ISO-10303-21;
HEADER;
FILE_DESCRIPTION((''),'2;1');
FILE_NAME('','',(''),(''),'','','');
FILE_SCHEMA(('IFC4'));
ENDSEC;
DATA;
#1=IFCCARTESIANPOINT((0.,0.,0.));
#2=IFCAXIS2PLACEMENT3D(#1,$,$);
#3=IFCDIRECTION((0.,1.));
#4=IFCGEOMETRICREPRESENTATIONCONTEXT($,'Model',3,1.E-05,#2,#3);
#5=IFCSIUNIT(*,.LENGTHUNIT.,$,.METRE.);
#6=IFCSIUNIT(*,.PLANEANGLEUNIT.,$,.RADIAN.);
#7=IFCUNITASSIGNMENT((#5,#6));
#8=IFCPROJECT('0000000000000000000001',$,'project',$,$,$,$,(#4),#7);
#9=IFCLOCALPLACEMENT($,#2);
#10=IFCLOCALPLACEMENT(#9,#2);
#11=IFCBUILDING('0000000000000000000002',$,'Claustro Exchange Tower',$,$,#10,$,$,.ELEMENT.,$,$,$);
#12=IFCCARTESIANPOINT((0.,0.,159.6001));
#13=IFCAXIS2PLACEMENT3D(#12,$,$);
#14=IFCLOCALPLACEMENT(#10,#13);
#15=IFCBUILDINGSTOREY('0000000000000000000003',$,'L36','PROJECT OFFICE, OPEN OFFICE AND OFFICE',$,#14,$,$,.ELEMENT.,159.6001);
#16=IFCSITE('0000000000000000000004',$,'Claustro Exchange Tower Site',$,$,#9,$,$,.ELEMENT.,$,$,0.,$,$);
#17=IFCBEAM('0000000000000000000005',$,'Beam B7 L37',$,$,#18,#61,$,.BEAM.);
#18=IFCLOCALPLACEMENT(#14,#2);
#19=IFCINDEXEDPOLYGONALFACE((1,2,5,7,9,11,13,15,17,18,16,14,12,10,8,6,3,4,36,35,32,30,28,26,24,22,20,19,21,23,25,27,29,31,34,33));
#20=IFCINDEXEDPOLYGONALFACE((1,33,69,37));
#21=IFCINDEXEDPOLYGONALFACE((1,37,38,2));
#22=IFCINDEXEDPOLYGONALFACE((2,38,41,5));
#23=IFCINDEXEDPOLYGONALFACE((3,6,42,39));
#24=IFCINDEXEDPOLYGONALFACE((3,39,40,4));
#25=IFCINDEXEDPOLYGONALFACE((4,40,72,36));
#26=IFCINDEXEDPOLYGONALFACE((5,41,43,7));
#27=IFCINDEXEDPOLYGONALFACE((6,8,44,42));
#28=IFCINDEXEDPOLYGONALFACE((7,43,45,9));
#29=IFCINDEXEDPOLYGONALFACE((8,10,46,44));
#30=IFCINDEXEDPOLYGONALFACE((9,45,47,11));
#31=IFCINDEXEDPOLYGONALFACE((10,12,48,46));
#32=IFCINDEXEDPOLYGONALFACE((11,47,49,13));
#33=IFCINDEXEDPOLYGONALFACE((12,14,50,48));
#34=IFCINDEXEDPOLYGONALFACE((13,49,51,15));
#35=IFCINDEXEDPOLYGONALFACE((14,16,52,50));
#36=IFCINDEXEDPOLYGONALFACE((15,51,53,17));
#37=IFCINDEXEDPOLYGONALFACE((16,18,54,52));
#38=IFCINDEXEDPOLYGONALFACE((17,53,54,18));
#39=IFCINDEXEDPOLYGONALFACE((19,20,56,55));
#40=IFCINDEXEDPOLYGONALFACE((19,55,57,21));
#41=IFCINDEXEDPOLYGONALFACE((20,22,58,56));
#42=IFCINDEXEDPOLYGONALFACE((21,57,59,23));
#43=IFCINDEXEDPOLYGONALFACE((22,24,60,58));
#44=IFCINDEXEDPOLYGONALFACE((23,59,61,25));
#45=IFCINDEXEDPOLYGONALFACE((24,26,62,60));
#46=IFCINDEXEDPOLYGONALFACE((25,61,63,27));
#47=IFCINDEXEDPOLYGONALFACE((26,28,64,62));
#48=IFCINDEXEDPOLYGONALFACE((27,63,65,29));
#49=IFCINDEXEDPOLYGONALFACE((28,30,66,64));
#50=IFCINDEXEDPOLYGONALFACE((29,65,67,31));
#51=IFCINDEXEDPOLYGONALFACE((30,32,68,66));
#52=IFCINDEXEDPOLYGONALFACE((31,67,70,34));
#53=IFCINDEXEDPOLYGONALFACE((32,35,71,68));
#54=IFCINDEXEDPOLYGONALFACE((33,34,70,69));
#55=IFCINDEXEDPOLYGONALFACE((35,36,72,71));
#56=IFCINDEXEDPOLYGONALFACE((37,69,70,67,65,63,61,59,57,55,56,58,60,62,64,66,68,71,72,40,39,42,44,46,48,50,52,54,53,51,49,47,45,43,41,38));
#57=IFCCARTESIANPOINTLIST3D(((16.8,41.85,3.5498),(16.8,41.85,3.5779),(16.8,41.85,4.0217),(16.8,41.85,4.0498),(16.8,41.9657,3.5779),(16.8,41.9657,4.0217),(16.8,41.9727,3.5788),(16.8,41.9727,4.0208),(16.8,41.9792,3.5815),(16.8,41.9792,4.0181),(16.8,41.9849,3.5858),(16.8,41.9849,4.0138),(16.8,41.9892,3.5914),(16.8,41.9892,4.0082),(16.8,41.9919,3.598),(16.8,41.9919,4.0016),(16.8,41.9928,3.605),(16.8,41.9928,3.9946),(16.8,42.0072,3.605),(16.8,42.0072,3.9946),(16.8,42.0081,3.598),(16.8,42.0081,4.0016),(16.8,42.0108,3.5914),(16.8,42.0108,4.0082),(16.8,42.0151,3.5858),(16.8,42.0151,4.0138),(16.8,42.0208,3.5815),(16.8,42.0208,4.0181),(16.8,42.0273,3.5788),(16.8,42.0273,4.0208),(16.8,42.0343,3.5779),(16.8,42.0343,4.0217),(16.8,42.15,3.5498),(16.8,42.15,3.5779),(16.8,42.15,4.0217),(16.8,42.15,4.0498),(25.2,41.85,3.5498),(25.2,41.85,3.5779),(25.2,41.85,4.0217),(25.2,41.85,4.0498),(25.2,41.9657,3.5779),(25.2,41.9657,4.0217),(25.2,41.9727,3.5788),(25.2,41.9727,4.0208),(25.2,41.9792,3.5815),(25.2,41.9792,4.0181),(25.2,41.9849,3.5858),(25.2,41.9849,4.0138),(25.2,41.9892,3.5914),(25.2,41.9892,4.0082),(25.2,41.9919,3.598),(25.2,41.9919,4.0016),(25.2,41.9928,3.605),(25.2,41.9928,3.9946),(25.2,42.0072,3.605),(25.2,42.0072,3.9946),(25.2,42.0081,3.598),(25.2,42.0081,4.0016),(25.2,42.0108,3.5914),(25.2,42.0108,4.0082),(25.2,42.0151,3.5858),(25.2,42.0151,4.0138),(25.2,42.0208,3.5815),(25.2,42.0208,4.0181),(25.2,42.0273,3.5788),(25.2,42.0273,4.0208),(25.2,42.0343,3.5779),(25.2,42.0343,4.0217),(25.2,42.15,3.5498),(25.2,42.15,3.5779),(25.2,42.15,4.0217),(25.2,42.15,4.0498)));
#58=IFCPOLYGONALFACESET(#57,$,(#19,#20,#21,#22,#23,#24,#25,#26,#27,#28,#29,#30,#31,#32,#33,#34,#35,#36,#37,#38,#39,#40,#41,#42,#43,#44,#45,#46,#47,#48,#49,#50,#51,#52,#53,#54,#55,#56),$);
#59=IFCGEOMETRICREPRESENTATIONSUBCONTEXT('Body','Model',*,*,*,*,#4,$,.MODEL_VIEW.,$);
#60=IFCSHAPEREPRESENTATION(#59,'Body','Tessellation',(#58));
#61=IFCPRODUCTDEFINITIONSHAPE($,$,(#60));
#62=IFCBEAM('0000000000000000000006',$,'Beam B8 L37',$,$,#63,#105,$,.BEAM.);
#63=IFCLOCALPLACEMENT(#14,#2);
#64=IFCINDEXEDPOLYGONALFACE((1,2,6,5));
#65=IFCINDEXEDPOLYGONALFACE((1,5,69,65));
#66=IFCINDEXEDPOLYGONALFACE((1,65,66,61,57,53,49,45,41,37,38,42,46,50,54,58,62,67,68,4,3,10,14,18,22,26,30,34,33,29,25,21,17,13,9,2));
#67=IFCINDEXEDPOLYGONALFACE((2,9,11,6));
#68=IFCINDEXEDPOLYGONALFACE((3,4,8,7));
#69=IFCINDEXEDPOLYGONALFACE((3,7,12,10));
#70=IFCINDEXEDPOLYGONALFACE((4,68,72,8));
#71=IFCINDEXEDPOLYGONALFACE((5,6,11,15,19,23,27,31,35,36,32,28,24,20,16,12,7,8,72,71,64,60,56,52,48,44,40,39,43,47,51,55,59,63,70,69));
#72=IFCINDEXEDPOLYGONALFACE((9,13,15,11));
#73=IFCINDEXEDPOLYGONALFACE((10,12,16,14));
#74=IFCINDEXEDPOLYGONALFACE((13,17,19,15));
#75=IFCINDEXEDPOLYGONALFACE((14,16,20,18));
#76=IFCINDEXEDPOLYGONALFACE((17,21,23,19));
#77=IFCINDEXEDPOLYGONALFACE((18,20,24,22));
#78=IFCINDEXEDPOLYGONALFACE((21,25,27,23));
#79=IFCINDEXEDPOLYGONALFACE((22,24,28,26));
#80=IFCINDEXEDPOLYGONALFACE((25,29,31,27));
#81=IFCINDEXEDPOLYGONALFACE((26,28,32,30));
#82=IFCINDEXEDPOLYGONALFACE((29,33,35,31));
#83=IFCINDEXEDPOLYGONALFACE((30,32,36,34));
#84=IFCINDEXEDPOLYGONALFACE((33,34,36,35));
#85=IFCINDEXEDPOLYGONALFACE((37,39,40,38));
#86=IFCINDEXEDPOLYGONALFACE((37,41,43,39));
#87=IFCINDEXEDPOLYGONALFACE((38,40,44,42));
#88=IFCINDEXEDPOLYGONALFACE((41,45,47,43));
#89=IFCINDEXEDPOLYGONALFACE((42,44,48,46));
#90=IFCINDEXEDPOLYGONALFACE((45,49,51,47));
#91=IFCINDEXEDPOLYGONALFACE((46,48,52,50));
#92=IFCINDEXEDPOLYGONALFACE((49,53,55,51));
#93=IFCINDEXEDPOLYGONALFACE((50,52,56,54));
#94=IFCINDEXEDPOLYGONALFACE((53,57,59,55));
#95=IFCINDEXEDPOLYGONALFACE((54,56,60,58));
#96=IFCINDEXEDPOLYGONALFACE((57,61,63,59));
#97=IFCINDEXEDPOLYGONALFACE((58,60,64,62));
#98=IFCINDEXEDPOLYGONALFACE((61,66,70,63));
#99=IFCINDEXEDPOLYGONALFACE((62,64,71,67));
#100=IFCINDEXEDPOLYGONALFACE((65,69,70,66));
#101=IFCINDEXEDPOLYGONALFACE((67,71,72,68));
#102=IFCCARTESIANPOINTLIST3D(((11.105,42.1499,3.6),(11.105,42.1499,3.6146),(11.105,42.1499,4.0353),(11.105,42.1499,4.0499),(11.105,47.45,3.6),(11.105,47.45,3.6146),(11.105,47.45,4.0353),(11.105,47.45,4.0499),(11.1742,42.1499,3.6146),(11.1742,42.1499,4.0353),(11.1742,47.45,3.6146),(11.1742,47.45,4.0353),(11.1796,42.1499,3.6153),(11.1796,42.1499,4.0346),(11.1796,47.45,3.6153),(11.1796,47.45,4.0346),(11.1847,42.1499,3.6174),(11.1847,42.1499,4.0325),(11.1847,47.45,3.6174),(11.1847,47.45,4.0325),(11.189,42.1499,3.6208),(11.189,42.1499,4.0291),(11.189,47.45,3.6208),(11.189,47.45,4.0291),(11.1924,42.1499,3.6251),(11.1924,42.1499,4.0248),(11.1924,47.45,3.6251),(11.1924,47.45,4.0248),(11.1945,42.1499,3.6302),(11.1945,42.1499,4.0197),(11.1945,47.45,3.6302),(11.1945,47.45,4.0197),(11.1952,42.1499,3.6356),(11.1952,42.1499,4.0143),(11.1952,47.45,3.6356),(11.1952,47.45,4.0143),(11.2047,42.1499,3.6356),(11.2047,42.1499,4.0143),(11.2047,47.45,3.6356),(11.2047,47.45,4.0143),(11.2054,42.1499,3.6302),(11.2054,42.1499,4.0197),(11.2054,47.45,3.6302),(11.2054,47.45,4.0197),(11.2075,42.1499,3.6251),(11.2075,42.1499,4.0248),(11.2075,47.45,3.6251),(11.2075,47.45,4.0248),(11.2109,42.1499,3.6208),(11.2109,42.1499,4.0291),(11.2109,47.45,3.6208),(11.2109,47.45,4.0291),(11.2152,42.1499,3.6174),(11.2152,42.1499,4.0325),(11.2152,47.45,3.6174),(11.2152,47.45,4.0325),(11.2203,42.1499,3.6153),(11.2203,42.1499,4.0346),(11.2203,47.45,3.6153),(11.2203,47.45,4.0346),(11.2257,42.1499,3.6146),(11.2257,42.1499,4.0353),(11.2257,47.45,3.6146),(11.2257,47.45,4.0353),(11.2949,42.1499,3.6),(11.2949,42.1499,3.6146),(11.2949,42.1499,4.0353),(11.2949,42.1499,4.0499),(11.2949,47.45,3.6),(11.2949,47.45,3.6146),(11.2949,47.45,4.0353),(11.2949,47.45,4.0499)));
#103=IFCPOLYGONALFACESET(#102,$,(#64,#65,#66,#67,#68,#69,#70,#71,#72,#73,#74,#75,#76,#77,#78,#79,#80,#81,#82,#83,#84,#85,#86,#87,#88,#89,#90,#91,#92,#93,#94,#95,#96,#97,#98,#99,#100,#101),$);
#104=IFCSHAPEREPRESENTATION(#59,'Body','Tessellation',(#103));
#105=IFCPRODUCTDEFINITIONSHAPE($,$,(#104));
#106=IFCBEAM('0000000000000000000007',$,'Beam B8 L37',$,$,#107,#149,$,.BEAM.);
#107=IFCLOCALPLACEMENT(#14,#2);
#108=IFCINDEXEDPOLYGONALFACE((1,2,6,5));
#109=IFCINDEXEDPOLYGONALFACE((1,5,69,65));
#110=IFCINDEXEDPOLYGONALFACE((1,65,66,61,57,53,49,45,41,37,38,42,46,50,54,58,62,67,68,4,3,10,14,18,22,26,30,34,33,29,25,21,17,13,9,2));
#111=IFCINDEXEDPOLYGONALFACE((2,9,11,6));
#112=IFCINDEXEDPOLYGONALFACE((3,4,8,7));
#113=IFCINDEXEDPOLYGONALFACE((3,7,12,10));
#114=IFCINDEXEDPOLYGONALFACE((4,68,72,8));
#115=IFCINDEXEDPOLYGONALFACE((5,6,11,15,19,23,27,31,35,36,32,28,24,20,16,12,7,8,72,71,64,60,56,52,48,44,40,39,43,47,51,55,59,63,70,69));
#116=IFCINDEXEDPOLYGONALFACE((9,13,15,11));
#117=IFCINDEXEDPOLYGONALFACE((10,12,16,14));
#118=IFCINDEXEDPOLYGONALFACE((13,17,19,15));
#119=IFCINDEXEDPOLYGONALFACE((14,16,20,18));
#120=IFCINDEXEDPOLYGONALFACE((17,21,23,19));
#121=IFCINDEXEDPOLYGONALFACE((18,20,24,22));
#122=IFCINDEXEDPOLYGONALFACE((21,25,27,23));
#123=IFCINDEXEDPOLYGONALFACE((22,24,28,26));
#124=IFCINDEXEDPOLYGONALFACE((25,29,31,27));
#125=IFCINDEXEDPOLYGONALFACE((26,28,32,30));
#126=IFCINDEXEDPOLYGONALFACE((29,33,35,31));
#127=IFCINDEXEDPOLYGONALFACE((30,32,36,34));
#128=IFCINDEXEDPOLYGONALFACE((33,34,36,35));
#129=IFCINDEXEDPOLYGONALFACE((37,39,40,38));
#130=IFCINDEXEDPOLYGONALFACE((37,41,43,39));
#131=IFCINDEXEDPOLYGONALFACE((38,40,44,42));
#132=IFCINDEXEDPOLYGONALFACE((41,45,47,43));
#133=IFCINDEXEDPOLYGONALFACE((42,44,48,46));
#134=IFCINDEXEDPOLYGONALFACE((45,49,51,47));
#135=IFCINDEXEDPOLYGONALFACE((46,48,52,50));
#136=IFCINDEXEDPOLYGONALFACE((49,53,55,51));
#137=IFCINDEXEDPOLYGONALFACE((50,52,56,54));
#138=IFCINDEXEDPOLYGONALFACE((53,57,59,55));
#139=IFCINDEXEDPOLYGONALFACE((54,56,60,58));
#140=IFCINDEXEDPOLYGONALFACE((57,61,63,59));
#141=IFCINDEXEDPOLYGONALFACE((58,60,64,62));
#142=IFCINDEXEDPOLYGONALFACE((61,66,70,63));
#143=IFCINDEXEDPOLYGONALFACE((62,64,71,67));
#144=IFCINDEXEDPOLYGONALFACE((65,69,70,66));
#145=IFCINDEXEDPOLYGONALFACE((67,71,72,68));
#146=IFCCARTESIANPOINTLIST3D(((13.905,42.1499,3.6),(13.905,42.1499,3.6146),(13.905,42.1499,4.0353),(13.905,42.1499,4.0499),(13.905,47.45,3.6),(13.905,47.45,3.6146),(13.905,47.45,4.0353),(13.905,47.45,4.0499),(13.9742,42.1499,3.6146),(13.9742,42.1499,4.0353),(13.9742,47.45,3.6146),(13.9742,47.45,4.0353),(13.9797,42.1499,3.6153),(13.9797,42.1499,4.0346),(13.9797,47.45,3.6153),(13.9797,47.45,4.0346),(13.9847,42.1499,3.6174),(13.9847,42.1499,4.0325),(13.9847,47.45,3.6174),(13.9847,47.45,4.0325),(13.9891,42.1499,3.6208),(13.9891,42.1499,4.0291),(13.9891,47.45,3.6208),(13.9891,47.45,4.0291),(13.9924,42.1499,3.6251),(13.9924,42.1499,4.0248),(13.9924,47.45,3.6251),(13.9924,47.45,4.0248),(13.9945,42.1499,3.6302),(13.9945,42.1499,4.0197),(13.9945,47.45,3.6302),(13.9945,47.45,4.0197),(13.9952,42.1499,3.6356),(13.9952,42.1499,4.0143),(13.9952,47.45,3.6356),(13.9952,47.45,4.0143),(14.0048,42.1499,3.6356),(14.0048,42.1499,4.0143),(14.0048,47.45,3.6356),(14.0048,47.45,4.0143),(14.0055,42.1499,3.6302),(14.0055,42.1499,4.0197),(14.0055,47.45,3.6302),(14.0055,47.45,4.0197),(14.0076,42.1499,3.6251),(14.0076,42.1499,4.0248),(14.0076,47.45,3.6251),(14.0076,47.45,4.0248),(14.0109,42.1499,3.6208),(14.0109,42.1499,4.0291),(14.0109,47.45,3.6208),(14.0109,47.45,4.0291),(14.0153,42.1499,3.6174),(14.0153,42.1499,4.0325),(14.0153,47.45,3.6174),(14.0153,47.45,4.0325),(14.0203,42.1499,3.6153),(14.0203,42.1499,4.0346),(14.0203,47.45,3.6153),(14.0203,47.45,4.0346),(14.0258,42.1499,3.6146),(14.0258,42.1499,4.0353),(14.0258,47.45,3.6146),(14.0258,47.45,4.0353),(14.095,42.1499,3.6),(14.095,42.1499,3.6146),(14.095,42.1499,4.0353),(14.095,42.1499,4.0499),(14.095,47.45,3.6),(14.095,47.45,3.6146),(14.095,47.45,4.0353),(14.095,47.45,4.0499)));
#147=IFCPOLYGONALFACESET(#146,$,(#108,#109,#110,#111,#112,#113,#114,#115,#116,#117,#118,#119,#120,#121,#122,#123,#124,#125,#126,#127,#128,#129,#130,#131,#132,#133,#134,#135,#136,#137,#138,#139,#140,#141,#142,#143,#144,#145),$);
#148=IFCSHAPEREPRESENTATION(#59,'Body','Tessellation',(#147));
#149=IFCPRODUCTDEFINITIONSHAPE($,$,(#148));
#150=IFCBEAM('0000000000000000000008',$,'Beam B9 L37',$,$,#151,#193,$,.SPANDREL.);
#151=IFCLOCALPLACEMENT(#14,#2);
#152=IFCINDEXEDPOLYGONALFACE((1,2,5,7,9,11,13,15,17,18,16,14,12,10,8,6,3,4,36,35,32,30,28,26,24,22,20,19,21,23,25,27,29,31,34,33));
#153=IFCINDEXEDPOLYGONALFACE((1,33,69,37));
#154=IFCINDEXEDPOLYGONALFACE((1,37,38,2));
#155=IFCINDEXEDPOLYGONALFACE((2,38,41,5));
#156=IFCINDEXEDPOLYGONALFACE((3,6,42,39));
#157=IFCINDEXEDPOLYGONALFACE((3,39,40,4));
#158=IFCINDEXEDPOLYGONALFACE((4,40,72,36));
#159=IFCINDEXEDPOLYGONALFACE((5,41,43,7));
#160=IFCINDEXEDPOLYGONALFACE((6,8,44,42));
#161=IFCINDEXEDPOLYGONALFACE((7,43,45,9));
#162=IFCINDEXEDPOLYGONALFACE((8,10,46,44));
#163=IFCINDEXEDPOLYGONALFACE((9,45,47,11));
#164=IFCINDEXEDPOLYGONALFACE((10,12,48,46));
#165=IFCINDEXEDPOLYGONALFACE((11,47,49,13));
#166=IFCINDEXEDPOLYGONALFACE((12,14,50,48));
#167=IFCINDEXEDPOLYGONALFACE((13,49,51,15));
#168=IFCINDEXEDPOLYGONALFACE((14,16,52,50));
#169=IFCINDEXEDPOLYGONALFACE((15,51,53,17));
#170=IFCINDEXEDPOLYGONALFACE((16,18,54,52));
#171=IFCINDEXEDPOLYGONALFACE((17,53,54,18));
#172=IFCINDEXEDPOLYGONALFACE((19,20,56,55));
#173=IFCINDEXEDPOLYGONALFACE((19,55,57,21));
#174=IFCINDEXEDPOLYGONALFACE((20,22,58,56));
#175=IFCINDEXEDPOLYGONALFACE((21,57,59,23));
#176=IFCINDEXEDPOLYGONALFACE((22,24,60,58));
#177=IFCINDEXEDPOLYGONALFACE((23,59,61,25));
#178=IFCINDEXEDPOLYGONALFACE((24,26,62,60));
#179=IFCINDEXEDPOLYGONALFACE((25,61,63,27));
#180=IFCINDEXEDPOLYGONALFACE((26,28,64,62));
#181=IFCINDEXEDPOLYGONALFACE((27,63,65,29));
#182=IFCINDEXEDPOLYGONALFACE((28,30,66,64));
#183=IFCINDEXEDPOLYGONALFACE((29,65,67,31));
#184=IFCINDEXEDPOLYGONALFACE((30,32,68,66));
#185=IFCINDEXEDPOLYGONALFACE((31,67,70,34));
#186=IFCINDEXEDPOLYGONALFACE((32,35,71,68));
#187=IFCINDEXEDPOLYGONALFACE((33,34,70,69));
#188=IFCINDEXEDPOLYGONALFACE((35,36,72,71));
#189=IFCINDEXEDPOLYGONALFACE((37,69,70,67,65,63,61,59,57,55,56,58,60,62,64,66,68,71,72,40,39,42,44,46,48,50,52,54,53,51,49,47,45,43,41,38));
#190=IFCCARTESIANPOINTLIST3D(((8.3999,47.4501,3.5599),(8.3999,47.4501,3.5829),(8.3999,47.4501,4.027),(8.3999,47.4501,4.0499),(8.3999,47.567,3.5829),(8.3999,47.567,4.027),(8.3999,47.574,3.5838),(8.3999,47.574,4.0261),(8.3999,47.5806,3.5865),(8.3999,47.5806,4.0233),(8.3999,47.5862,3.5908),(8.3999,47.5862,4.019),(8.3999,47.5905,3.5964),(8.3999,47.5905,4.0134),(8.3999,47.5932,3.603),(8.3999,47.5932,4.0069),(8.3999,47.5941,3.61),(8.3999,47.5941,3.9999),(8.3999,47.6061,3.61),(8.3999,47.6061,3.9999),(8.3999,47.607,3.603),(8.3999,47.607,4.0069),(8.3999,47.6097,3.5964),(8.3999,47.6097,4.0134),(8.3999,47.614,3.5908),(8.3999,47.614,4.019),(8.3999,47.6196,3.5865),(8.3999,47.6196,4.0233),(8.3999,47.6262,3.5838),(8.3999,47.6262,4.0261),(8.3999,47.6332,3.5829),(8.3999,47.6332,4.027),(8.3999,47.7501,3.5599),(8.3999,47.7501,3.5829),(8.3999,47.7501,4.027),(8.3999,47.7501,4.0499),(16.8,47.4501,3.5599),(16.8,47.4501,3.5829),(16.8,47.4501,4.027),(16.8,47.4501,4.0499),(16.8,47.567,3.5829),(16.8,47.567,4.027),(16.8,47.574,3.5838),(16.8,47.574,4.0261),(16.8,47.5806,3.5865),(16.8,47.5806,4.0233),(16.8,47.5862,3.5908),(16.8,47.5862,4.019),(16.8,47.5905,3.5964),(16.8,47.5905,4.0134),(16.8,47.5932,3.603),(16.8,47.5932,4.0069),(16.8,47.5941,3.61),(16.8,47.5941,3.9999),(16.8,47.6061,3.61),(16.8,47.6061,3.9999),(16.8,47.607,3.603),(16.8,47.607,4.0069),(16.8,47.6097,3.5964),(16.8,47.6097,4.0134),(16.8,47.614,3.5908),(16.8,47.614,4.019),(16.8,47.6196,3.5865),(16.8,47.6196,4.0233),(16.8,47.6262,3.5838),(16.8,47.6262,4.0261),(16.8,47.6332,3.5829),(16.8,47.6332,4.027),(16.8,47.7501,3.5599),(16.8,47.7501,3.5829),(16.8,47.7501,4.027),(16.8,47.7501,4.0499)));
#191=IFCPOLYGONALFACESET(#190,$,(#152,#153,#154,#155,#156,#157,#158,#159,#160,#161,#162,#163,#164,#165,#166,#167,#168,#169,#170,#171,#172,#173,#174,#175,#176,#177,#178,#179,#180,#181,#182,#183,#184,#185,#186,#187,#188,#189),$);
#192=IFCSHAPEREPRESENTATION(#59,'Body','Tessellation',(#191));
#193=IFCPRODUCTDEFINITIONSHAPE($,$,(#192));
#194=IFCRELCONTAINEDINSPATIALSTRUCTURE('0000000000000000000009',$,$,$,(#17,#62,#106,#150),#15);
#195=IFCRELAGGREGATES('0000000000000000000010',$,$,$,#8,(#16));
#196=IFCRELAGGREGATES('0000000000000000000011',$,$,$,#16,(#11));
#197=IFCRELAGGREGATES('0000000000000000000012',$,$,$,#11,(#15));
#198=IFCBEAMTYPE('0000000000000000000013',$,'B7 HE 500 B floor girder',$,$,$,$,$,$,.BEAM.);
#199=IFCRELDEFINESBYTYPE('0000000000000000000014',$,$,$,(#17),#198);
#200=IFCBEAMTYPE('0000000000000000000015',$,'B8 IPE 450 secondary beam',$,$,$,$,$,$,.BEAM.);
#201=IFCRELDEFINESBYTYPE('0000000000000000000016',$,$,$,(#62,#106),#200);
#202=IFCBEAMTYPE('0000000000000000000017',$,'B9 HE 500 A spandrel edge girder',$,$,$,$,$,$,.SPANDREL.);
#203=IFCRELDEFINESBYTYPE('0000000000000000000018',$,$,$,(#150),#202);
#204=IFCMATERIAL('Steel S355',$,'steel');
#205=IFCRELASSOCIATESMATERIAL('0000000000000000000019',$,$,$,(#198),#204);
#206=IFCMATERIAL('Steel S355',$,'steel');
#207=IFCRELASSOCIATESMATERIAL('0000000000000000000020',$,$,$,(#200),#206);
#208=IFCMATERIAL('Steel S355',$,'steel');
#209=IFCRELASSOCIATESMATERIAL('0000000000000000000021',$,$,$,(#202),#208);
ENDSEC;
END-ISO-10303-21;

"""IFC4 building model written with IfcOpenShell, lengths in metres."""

from ifc_helpers import new_model, si_unit, direction, frame, origin, origin_2d, place, context, subcontext, project, spatial, i_section, extrude, material, material_profile, profile_set, type_object, element, save


model = new_model("IFC4")

# Units and contexts
model_context = context("Model", 3, precision=1e-05, world=origin(), true_north=direction((0.0, 1.0)))
body_context = subcontext(model_context, "Body", "Model", "MODEL_VIEW")
ifc_project = project(units=[si_unit("LENGTHUNIT", "METRE"), si_unit("PLANEANGLEUNIT", "RADIAN")], contexts=[model_context])

# Site, building, storey
site_placement = place(None, origin())
site = spatial("IfcSite", under=ifc_project, at=site_placement, Name="Claustro Exchange Tower Site", CompositionType="ELEMENT", RefElevation=0.0)
building_placement = place(site_placement, origin())
building = spatial("IfcBuilding", under=site, at=building_placement, Name="Claustro Exchange Tower", CompositionType="ELEMENT")
storey_placement = place(building_placement, frame((0.0, 0.0, 159.6001)))
storey = spatial("IfcBuildingStorey", under=building, at=storey_placement, Name="L36", Description="PROJECT OFFICE, OPEN OFFICE AND OFFICE", CompositionType="ELEMENT", Elevation=159.6001)

# Beams
ifc_material_1 = material(Name="Steel S355", Category="steel")
ifc_material_profile_1 = material_profile(ifc_material_1, i_section(OverallWidth=0.3, OverallDepth=0.5, WebThickness=0.0144, FlangeThickness=0.0281, FilletRadius=0.0271, at=origin_2d()), Name="HE 500 B")
ifc_profile_set_1 = profile_set([ifc_material_profile_1], Name="Steel S355")
beam_type_1 = type_object("IfcBeamType", Name="B7 HE 500 B floor girder", PredefinedType="BEAM", material=ifc_profile_set_1)
beam_1_placement = place(storey_placement, frame((16.8, 42.0, 3.7998), z_axis=(1.0, 0.0, 0.0), x_axis=(0.0, 1.0, 0.0)))
element("IfcBeam", 1, at=beam_1_placement, inside=storey, type_object=beam_type_1, Name="Beam B7 L37", PredefinedType="BEAM", context=body_context, shape_type="SweptSolid", body=[
    extrude(i_section(OverallWidth=0.3, OverallDepth=0.5, WebThickness=0.0144, FlangeThickness=0.0281, FilletRadius=0.0271, at=origin_2d()), origin(), (0.0, 0.0, 1.0), 8.3999),
])
ifc_material_2 = material(Name="Steel S355", Category="steel")
ifc_material_profile_2 = material_profile(ifc_material_2, i_section(OverallWidth=0.1899, OverallDepth=0.45, WebThickness=0.0095, FlangeThickness=0.0146, FilletRadius=0.021, at=origin_2d()), Name="IPE 450")
ifc_profile_set_2 = profile_set([ifc_material_profile_2], Name="Steel S355")
beam_type_2 = type_object("IfcBeamType", Name="B8 IPE 450 secondary beam", PredefinedType="BEAM", material=ifc_profile_set_2)
for number, where, z_axis, x_axis, name in (
    (2, (11.2, 42.1499, 3.825), (0.0, 1.0, 0.0), (-1.0, 0.0, 0.0), "Beam B8 L37"),
    (3, (14.0, 42.1499, 3.825), (0.0, 1.0, 0.0), (-1.0, 0.0, 0.0), "Beam B8 L37"),
):
    element("IfcBeam", number, at=place(storey_placement, frame(where, z_axis=z_axis, x_axis=x_axis)), inside=storey, type_object=beam_type_2, Name=name, PredefinedType="BEAM", context=body_context, shape_type="SweptSolid", body=[
        extrude(i_section(OverallWidth=0.1899, OverallDepth=0.45, WebThickness=0.0095, FlangeThickness=0.0146, FilletRadius=0.021, at=origin_2d()), origin(), (0.0, 0.0, 1.0), 5.3),
    ])
ifc_material_3 = material(Name="Steel S355", Category="steel")
ifc_material_profile_3 = material_profile(ifc_material_3, i_section(OverallWidth=0.3, OverallDepth=0.49, WebThickness=0.012, FlangeThickness=0.0229, FilletRadius=0.0271, at=origin_2d()), Name="HE 500 A")
ifc_profile_set_3 = profile_set([ifc_material_profile_3], Name="Steel S355")
beam_type_3 = type_object("IfcBeamType", Name="B9 HE 500 A spandrel edge girder", PredefinedType="SPANDREL", material=ifc_profile_set_3)
beam_2_placement = place(storey_placement, frame((8.3999, 47.6001, 3.8049), z_axis=(1.0, 0.0, 0.0), x_axis=(0.0, 1.0, 0.0)))
element("IfcBeam", 4, at=beam_2_placement, inside=storey, type_object=beam_type_3, Name="Beam B9 L37", PredefinedType="SPANDREL", context=body_context, shape_type="SweptSolid", body=[
    extrude(i_section(OverallWidth=0.3, OverallDepth=0.49, WebThickness=0.012, FlangeThickness=0.0229, FilletRadius=0.0271, at=origin_2d()), origin(), (0.0, 0.0, 1.0), 8.4001),
])

save(model, "model.ifc")
